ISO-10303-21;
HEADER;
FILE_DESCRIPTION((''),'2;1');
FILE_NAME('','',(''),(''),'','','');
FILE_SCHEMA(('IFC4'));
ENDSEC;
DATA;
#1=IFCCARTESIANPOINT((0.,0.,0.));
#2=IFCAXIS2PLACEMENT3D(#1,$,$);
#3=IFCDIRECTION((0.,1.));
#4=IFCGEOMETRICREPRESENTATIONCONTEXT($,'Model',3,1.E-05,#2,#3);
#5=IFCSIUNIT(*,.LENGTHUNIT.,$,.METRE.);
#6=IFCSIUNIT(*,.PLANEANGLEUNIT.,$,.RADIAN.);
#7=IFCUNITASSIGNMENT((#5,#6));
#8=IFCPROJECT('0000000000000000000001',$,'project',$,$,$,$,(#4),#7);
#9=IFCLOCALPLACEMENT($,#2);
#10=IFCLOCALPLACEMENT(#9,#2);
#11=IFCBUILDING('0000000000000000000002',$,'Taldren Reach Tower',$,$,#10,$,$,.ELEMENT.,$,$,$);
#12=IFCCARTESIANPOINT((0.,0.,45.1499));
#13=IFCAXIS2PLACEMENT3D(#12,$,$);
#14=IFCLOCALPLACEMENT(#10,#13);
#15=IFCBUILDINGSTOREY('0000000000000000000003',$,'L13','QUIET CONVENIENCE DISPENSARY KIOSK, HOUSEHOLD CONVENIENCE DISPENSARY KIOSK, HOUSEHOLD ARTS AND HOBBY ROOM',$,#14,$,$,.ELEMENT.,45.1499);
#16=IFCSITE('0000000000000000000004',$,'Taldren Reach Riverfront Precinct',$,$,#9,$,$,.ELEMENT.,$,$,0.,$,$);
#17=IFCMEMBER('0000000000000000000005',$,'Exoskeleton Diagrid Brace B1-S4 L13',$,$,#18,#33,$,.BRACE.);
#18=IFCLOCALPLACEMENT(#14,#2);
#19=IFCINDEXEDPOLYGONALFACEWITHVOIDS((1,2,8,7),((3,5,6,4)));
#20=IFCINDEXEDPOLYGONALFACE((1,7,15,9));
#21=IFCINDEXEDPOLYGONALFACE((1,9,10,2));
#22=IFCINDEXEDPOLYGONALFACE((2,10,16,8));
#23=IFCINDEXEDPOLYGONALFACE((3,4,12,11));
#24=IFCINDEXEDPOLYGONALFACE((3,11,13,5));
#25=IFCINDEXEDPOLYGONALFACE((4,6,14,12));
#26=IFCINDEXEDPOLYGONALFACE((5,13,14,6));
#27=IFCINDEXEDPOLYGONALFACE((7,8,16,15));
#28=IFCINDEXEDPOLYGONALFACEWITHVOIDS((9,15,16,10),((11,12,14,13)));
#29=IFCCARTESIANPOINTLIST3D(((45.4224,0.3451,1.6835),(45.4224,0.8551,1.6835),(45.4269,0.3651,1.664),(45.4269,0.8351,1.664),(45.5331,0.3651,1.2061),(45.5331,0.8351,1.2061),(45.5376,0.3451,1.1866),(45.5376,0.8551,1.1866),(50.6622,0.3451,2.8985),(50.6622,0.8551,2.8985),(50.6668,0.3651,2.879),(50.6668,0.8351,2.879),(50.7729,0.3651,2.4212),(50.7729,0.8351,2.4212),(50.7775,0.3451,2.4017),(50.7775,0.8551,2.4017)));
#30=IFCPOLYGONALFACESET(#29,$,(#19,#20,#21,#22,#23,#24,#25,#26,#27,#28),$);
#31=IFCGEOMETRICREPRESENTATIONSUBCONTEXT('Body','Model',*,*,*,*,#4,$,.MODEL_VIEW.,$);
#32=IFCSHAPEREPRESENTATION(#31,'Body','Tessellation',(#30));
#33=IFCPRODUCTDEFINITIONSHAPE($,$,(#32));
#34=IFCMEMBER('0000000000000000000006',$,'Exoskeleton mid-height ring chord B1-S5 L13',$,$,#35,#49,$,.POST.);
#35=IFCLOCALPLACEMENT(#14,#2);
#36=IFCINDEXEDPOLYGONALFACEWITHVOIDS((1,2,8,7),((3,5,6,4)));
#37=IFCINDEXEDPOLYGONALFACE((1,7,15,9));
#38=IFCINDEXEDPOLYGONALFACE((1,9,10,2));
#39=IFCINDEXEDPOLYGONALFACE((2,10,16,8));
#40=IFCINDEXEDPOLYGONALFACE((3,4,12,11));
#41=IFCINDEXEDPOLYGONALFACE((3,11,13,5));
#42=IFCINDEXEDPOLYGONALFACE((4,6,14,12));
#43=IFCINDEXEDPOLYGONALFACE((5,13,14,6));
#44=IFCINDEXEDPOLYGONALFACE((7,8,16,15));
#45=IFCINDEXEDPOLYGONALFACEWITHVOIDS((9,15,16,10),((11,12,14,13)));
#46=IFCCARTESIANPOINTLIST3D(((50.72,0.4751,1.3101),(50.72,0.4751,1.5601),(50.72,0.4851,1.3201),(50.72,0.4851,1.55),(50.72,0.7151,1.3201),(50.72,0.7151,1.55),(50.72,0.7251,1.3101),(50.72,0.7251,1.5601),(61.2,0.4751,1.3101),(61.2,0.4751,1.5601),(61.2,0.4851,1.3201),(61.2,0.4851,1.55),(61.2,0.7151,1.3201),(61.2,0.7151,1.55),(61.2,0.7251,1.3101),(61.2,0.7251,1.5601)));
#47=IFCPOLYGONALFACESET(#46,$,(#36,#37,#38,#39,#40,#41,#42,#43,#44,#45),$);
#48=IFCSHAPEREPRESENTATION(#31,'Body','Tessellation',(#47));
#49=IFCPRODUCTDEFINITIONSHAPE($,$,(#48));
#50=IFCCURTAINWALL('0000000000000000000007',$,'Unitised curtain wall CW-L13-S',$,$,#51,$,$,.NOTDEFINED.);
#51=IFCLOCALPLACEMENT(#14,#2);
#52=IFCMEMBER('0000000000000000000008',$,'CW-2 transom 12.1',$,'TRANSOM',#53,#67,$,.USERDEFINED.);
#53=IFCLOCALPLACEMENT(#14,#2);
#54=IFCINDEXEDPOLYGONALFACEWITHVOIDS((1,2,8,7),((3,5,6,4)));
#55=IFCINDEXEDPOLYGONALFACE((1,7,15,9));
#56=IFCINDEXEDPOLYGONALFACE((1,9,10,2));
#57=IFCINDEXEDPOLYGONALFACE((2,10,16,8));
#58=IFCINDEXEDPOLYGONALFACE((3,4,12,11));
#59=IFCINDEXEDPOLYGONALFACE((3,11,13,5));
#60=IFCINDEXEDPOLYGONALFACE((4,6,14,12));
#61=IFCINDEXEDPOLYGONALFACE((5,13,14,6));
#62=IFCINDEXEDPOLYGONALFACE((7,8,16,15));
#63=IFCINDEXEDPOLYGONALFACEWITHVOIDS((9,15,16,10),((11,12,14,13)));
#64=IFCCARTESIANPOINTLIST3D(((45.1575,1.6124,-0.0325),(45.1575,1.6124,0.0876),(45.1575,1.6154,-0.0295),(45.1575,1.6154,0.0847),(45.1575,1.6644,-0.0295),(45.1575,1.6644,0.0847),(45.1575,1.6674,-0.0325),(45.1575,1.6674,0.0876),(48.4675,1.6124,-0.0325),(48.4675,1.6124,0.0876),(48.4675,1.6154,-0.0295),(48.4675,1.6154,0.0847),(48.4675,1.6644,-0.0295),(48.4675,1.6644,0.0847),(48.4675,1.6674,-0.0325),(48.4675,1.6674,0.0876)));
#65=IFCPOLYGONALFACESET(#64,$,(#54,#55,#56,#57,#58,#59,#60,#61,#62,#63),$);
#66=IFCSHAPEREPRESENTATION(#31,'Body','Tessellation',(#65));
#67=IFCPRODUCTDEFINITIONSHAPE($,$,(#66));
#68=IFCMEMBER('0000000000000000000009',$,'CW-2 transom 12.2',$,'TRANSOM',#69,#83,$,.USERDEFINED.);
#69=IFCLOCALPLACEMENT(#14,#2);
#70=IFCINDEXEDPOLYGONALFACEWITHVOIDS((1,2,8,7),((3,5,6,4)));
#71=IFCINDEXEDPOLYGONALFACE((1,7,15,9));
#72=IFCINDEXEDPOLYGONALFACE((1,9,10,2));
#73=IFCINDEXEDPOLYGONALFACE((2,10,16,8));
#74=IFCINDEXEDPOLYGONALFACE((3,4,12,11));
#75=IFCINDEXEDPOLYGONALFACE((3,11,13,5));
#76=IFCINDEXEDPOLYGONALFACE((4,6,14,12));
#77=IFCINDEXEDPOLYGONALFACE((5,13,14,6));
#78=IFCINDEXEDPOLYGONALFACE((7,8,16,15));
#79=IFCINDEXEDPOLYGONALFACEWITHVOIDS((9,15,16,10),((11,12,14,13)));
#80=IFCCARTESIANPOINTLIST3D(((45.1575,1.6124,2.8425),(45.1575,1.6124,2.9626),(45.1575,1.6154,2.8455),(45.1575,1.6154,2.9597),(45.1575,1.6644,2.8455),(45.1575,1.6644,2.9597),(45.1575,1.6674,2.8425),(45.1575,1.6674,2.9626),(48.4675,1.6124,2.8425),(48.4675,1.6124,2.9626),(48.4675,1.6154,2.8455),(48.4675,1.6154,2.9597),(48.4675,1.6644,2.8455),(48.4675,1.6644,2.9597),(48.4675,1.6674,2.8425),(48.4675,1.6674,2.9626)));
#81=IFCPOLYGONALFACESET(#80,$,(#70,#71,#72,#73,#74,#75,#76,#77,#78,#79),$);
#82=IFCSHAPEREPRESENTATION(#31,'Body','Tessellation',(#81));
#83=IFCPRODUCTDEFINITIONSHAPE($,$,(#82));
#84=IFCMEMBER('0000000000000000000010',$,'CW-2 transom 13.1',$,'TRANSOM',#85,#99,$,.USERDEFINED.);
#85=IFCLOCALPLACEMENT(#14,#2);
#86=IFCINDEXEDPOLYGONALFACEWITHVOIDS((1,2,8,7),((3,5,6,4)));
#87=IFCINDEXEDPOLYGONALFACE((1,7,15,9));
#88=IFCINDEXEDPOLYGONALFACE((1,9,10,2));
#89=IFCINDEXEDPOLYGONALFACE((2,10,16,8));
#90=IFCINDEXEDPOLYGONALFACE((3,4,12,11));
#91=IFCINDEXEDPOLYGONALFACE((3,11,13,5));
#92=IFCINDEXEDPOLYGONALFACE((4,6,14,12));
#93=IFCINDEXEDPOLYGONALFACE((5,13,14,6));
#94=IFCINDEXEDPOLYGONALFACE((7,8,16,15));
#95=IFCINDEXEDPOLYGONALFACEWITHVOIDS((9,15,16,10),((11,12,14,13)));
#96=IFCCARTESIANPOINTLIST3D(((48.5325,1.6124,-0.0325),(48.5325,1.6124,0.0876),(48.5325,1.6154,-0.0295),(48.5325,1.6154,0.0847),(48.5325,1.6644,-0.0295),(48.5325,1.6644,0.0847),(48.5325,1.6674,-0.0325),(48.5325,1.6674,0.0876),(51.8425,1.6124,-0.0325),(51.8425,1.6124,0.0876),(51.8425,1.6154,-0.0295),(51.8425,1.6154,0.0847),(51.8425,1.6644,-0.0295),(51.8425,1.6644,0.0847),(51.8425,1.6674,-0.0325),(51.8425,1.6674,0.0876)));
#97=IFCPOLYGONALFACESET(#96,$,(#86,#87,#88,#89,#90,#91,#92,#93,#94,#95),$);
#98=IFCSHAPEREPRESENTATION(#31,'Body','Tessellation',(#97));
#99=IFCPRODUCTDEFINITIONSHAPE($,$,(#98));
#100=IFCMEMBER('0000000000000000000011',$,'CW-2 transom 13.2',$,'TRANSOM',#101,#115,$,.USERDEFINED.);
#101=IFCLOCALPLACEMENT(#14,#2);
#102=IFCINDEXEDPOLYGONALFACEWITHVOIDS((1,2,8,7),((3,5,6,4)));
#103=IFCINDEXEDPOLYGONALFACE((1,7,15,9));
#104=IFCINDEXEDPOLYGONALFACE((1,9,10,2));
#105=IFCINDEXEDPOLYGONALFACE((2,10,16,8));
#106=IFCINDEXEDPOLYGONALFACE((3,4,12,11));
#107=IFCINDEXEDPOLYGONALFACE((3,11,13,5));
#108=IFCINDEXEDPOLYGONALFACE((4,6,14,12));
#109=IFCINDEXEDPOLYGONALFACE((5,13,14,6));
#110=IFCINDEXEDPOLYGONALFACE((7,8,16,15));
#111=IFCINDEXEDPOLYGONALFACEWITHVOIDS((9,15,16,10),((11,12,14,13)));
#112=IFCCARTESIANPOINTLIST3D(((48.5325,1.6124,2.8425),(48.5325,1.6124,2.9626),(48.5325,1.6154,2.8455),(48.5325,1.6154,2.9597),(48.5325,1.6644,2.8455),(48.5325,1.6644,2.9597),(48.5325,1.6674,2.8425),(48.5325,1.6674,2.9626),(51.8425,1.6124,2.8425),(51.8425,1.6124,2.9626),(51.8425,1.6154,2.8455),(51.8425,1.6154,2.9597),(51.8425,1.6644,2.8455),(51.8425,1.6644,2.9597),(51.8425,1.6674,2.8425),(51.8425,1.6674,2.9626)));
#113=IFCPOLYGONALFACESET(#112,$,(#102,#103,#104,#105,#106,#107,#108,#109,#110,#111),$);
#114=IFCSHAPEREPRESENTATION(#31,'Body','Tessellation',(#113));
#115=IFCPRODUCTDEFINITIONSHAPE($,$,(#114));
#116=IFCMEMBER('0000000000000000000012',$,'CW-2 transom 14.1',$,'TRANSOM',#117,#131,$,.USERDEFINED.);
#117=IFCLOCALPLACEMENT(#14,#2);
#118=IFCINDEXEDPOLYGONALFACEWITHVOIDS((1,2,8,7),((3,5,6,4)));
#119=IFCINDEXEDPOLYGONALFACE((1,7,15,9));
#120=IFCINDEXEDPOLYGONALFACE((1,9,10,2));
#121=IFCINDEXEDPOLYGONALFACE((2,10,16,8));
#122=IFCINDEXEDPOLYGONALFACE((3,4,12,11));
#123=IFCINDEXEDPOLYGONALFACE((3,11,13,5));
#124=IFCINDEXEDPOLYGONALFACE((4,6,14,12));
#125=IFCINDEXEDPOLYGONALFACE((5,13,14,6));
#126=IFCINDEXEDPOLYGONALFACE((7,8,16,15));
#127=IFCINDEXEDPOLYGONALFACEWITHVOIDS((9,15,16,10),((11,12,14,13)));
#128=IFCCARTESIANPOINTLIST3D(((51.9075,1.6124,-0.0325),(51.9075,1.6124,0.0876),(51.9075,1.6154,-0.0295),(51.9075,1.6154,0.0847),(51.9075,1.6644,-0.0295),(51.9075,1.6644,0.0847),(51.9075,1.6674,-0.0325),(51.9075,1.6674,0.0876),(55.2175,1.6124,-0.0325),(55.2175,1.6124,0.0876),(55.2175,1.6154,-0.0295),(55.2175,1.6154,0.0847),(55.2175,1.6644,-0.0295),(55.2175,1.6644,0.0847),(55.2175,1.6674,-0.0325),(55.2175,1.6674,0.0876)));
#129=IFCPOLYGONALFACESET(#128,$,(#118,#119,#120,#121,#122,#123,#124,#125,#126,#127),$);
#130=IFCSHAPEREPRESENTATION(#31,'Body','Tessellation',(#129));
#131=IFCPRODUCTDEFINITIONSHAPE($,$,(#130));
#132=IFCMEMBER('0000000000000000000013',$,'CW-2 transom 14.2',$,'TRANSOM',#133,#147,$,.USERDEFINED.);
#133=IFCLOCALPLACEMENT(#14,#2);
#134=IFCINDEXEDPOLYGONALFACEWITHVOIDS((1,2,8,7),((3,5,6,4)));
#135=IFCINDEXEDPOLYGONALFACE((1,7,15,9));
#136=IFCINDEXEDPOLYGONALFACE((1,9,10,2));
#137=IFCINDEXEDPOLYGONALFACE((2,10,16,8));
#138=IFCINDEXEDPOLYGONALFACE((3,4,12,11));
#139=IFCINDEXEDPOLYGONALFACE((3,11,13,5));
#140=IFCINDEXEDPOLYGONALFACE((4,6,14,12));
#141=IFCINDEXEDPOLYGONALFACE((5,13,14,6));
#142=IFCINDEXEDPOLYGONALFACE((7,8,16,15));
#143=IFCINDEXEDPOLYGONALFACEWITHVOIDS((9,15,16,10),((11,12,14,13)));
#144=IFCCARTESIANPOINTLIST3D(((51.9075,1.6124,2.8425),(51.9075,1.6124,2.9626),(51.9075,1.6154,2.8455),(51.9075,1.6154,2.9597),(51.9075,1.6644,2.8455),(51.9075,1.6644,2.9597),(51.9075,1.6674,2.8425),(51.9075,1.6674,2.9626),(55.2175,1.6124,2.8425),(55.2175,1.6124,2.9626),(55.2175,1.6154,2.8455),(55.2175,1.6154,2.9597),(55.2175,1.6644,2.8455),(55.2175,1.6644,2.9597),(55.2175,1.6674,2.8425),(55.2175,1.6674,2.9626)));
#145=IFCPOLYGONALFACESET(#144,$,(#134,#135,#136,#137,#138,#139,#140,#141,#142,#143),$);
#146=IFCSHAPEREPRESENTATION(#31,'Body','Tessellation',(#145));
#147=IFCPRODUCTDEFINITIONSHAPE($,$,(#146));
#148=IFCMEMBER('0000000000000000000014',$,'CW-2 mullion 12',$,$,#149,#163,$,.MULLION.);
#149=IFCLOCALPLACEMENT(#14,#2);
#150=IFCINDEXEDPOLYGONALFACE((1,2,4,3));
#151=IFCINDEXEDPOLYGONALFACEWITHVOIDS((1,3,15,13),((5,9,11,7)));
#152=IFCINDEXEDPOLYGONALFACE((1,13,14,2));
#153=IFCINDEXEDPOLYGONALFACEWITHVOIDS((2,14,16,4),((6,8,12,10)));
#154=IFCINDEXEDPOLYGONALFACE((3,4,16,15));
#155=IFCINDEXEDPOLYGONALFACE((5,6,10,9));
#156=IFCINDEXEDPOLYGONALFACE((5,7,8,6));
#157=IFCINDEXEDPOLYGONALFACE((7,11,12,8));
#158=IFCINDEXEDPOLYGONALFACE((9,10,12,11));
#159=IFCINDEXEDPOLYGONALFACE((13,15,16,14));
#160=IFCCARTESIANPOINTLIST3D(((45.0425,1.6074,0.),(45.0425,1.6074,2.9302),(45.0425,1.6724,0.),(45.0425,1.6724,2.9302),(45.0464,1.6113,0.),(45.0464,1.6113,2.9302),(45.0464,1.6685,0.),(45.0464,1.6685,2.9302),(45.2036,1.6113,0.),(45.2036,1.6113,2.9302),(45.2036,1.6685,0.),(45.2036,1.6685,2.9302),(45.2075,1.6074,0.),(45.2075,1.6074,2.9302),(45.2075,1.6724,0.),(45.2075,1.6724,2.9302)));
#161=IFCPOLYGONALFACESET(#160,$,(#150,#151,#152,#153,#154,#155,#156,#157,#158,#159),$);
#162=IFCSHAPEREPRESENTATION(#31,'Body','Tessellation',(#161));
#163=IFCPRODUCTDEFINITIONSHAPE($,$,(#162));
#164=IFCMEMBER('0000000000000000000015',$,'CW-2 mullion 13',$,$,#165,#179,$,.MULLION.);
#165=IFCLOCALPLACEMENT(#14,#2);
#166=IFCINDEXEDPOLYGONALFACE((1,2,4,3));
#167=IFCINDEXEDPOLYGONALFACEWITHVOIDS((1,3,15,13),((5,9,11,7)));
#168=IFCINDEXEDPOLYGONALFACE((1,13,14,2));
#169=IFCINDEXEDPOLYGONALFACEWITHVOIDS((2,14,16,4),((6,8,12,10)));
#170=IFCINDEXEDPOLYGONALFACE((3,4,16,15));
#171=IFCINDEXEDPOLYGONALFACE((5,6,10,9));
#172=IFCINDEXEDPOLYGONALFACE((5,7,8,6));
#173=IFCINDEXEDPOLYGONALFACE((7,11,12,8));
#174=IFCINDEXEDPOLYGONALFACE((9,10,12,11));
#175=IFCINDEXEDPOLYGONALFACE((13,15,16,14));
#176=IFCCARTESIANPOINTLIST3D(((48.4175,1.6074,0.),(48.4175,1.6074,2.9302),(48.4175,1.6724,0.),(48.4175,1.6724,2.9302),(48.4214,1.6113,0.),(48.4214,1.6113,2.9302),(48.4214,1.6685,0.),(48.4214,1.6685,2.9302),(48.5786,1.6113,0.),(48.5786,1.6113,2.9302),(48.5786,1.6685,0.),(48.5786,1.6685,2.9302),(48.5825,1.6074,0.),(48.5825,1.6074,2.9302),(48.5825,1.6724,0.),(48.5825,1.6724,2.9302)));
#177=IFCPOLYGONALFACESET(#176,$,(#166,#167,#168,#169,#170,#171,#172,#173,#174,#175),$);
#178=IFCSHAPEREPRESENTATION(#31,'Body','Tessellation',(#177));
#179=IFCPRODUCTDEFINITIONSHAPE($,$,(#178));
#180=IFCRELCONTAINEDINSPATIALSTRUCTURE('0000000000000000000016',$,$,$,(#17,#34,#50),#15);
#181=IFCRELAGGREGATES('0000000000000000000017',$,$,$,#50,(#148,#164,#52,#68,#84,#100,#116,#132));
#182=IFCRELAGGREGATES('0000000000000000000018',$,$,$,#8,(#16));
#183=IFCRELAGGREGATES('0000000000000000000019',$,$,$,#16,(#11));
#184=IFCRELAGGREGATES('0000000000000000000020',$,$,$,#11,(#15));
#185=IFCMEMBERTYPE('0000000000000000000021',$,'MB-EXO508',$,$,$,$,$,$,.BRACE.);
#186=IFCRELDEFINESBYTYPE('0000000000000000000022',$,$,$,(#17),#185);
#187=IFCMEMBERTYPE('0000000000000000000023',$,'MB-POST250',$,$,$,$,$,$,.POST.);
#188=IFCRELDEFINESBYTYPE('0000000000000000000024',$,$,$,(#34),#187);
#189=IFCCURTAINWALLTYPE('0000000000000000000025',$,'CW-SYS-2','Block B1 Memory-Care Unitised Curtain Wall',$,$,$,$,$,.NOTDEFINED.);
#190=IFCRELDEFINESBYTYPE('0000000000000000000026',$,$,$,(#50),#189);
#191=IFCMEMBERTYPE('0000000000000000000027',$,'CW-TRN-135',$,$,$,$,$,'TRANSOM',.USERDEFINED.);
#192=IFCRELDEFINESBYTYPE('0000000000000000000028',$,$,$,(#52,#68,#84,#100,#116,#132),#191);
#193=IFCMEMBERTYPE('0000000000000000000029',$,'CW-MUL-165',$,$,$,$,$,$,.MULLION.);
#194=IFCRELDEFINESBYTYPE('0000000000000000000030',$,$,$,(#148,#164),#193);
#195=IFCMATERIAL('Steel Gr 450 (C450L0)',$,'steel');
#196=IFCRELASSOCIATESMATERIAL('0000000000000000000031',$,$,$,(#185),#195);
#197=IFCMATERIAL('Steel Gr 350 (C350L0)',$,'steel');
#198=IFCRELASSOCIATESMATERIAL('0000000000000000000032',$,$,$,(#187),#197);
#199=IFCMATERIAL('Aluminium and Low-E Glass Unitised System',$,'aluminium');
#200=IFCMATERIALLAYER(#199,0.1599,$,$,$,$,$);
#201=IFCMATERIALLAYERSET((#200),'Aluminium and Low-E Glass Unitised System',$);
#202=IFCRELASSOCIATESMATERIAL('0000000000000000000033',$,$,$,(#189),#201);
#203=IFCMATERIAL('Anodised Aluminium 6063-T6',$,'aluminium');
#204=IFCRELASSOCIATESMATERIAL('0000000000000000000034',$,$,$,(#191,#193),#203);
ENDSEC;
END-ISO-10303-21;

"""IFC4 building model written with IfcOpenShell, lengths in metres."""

from ifc_helpers import new_model, si_unit, direction, frame, origin, origin_2d, place, context, subcontext, project, spatial, hollow_rectangle, extrude, source, transform, mapped, material, layer, layer_set, material_profile, profile_set, type_object, element, aggregate, save


model = new_model("IFC4")

# Units and contexts
model_context = context("Model", 3, precision=1e-05, world=origin(), true_north=direction((0.0, 1.0)))
body_context = subcontext(model_context, "Body", "Model", "MODEL_VIEW")
ifc_project = project(units=[si_unit("LENGTHUNIT", "METRE"), si_unit("PLANEANGLEUNIT", "RADIAN")], contexts=[model_context])

# Site, building, storey
site_placement = place(None, origin())
site = spatial("IfcSite", under=ifc_project, at=site_placement, Name="Taldren Reach Riverfront Precinct", CompositionType="ELEMENT", RefElevation=0.0)
building_placement = place(site_placement, origin())
building = spatial("IfcBuilding", under=site, at=building_placement, Name="Taldren Reach Tower", CompositionType="ELEMENT")
storey_placement = place(building_placement, frame((0.0, 0.0, 45.1499)))
storey = spatial("IfcBuildingStorey", under=building, at=storey_placement, Name="L13", Description="QUIET CONVENIENCE DISPENSARY KIOSK, HOUSEHOLD CONVENIENCE DISPENSARY KIOSK, HOUSEHOLD ARTS AND HOBBY ROOM", CompositionType="ELEMENT", Elevation=45.1499)

# Members
ifc_material_1 = material(Name="Steel Gr 450 (C450L0)", Category="steel")
ifc_material_profile_1 = material_profile(ifc_material_1, hollow_rectangle(XDim=0.51, YDim=0.51, WallThickness=0.02, at=origin_2d()), Name="510x510x20.0SHS")
ifc_profile_set_1 = profile_set([ifc_material_profile_1], Name="Steel Gr 450 (C450L0)")
member_type_1 = type_object("IfcMemberType", Name="MB-EXO508", PredefinedType="BRACE", material=ifc_profile_set_1)
shared_shape_1 = source(origin(), body_context, "Body", "SweptSolid", [
    extrude(hollow_rectangle(XDim=0.51, YDim=0.51, WallThickness=0.02, at=origin_2d()), origin(), (0.0, 0.0, 1.0), 5.3789),
])
member_1_placement = place(storey_placement, frame((45.48, 0.6001, 1.4351), z_axis=(0.974152, 0.0, 0.225894), x_axis=(0.0, 1.0, 0.0)))
element("IfcMember", 1, at=member_1_placement, inside=storey, type_object=member_type_1, Name="Exoskeleton Diagrid Brace B1-S4 L13", PredefinedType="BRACE", context=body_context, shape_type="MappedRepresentation", body=[
    mapped(shared_shape_1, transform((0.0, 0.0, 0.0), scale=1.0)),
])
ifc_material_2 = material(Name="Steel Gr 350 (C350L0)", Category="steel")
ifc_material_profile_2 = material_profile(ifc_material_2, hollow_rectangle(XDim=0.25, YDim=0.25, WallThickness=0.01, at=origin_2d()), Name="250x250x10.0SHS")
ifc_profile_set_2 = profile_set([ifc_material_profile_2], Name="Steel Gr 350 (C350L0)")
member_type_2 = type_object("IfcMemberType", Name="MB-POST250", PredefinedType="POST", material=ifc_profile_set_2)
shared_shape_2 = source(origin(), body_context, "Body", "SweptSolid", [
    extrude(hollow_rectangle(XDim=0.25, YDim=0.25, WallThickness=0.01, at=origin_2d()), origin(), (0.0, 0.0, 1.0), 10.48),
])
member_2_placement = place(storey_placement, frame((50.72, 0.6001, 1.4351), z_axis=(1.0, 0.0, 0.0), x_axis=(0.0, 1.0, 0.0)))
element("IfcMember", 2, at=member_2_placement, inside=storey, type_object=member_type_2, Name="Exoskeleton mid-height ring chord B1-S5 L13", PredefinedType="POST", context=body_context, shape_type="MappedRepresentation", body=[
    mapped(shared_shape_2, transform((0.0, 0.0, 0.0), scale=1.0)),
])

# Curtain wall, members
ifc_material_3 = material(Name="Aluminium and Low-E Glass Unitised System", Category="aluminium")
ifc_layer_1 = layer(ifc_material_3, 0.1599)
ifc_layer_set_1 = layer_set([ifc_layer_1], Name="Aluminium and Low-E Glass Unitised System")
curtain_wall_type = type_object("IfcCurtainWallType", Name="CW-SYS-2", Description="Block B1 Memory-Care Unitised Curtain Wall", PredefinedType="NOTDEFINED", material=ifc_layer_set_1)
curtain_wall_placement = place(storey_placement, origin())
curtain_wall = element("IfcCurtainWall", 3, at=curtain_wall_placement, inside=storey, type_object=curtain_wall_type, Name="Unitised curtain wall CW-L13-S", PredefinedType="NOTDEFINED")
ifc_material_4 = material(Name="Anodised Aluminium 6063-T6", Category="aluminium")
ifc_material_profile_3 = material_profile(ifc_material_4, hollow_rectangle(XDim=0.0549, YDim=0.1201, WallThickness=0.0029, at=origin_2d()), Name="ALU-120x55x3RHS")
ifc_profile_set_3 = profile_set([ifc_material_profile_3], Name="Anodised Aluminium 6063-T6")
member_type_3 = type_object("IfcMemberType", Name="CW-TRN-135", ElementType="TRANSOM", PredefinedType="USERDEFINED", material=ifc_profile_set_3)
shared_shape_3 = source(origin(), body_context, "Body", "SweptSolid", [
    extrude(hollow_rectangle(XDim=0.0549, YDim=0.1201, WallThickness=0.0029, at=origin_2d()), origin(), (0.0, 0.0, 1.0), 3.3101),
])
member_3_placement = place(storey_placement, frame((45.1575, 1.6399, 0.0276), z_axis=(1.0, 0.0, 0.0), x_axis=(0.0, 1.0, 0.0)))
member_3 = element("IfcMember", 4, at=member_3_placement, type_object=member_type_3, Name="CW-2 transom 12.1", ObjectType="TRANSOM", PredefinedType="USERDEFINED", context=body_context, shape_type="MappedRepresentation", body=[
    mapped(shared_shape_3, transform((0.0, 0.0, 0.0), scale=1.0)),
])
member_4_placement = place(storey_placement, frame((45.1575, 1.6399, 2.9026), z_axis=(1.0, 0.0, 0.0), x_axis=(0.0, 1.0, 0.0)))
member_4 = element("IfcMember", 5, at=member_4_placement, type_object=member_type_3, Name="CW-2 transom 12.2", ObjectType="TRANSOM", PredefinedType="USERDEFINED", context=body_context, shape_type="MappedRepresentation", body=[
    mapped(shared_shape_3, transform((0.0, 0.0, 0.0), scale=1.0)),
])
member_5_placement = place(storey_placement, frame((48.5325, 1.6399, 0.0276), z_axis=(1.0, 0.0, 0.0), x_axis=(0.0, 1.0, 0.0)))
member_5 = element("IfcMember", 6, at=member_5_placement, type_object=member_type_3, Name="CW-2 transom 13.1", ObjectType="TRANSOM", PredefinedType="USERDEFINED", context=body_context, shape_type="MappedRepresentation", body=[
    mapped(shared_shape_3, transform((0.0, 0.0, 0.0), scale=1.0)),
])
member_6_placement = place(storey_placement, frame((48.5325, 1.6399, 2.9026), z_axis=(1.0, 0.0, 0.0), x_axis=(0.0, 1.0, 0.0)))
member_6 = element("IfcMember", 7, at=member_6_placement, type_object=member_type_3, Name="CW-2 transom 13.2", ObjectType="TRANSOM", PredefinedType="USERDEFINED", context=body_context, shape_type="MappedRepresentation", body=[
    mapped(shared_shape_3, transform((0.0, 0.0, 0.0), scale=1.0)),
])
member_7_placement = place(storey_placement, frame((51.9075, 1.6399, 0.0276), z_axis=(1.0, 0.0, 0.0), x_axis=(0.0, 1.0, 0.0)))
member_7 = element("IfcMember", 8, at=member_7_placement, type_object=member_type_3, Name="CW-2 transom 14.1", ObjectType="TRANSOM", PredefinedType="USERDEFINED", context=body_context, shape_type="MappedRepresentation", body=[
    mapped(shared_shape_3, transform((0.0, 0.0, 0.0), scale=1.0)),
])
member_8_placement = place(storey_placement, frame((51.9075, 1.6399, 2.9026), z_axis=(1.0, 0.0, 0.0), x_axis=(0.0, 1.0, 0.0)))
member_8 = element("IfcMember", 9, at=member_8_placement, type_object=member_type_3, Name="CW-2 transom 14.2", ObjectType="TRANSOM", PredefinedType="USERDEFINED", context=body_context, shape_type="MappedRepresentation", body=[
    mapped(shared_shape_3, transform((0.0, 0.0, 0.0), scale=1.0)),
])
ifc_material_profile_4 = material_profile(ifc_material_4, hollow_rectangle(XDim=0.0649, YDim=0.165, WallThickness=0.0039, at=origin_2d()), Name="ALU-165x65x4RHS")
ifc_profile_set_4 = profile_set([ifc_material_profile_4], Name="Anodised Aluminium 6063-T6")
member_type_4 = type_object("IfcMemberType", Name="CW-MUL-165", PredefinedType="MULLION", material=ifc_profile_set_4)
shared_shape_4 = source(origin(), body_context, "Body", "SweptSolid", [
    extrude(hollow_rectangle(XDim=0.0649, YDim=0.165, WallThickness=0.0039, at=origin_2d()), origin(), (0.0, 0.0, 1.0), 2.9302),
])
member_9_placement = place(storey_placement, frame((45.125, 1.6399, 0.0), z_axis=(0.0, 0.0, 1.0), x_axis=(0.0, 1.0, 0.0)))
member_9 = element("IfcMember", 10, at=member_9_placement, type_object=member_type_4, Name="CW-2 mullion 12", PredefinedType="MULLION", context=body_context, shape_type="MappedRepresentation", body=[
    mapped(shared_shape_4, transform((0.0, 0.0, 0.0), scale=1.0)),
])
member_10_placement = place(storey_placement, frame((48.5, 1.6399, 0.0), z_axis=(0.0, 0.0, 1.0), x_axis=(0.0, 1.0, 0.0)))
member_10 = element("IfcMember", 11, at=member_10_placement, type_object=member_type_4, Name="CW-2 mullion 13", PredefinedType="MULLION", context=body_context, shape_type="MappedRepresentation", body=[
    mapped(shared_shape_4, transform((0.0, 0.0, 0.0), scale=1.0)),
])

aggregate(curtain_wall, [member_9, member_10, member_3, member_4, member_5, member_6, member_7, member_8])

save(model, "model.ifc")
